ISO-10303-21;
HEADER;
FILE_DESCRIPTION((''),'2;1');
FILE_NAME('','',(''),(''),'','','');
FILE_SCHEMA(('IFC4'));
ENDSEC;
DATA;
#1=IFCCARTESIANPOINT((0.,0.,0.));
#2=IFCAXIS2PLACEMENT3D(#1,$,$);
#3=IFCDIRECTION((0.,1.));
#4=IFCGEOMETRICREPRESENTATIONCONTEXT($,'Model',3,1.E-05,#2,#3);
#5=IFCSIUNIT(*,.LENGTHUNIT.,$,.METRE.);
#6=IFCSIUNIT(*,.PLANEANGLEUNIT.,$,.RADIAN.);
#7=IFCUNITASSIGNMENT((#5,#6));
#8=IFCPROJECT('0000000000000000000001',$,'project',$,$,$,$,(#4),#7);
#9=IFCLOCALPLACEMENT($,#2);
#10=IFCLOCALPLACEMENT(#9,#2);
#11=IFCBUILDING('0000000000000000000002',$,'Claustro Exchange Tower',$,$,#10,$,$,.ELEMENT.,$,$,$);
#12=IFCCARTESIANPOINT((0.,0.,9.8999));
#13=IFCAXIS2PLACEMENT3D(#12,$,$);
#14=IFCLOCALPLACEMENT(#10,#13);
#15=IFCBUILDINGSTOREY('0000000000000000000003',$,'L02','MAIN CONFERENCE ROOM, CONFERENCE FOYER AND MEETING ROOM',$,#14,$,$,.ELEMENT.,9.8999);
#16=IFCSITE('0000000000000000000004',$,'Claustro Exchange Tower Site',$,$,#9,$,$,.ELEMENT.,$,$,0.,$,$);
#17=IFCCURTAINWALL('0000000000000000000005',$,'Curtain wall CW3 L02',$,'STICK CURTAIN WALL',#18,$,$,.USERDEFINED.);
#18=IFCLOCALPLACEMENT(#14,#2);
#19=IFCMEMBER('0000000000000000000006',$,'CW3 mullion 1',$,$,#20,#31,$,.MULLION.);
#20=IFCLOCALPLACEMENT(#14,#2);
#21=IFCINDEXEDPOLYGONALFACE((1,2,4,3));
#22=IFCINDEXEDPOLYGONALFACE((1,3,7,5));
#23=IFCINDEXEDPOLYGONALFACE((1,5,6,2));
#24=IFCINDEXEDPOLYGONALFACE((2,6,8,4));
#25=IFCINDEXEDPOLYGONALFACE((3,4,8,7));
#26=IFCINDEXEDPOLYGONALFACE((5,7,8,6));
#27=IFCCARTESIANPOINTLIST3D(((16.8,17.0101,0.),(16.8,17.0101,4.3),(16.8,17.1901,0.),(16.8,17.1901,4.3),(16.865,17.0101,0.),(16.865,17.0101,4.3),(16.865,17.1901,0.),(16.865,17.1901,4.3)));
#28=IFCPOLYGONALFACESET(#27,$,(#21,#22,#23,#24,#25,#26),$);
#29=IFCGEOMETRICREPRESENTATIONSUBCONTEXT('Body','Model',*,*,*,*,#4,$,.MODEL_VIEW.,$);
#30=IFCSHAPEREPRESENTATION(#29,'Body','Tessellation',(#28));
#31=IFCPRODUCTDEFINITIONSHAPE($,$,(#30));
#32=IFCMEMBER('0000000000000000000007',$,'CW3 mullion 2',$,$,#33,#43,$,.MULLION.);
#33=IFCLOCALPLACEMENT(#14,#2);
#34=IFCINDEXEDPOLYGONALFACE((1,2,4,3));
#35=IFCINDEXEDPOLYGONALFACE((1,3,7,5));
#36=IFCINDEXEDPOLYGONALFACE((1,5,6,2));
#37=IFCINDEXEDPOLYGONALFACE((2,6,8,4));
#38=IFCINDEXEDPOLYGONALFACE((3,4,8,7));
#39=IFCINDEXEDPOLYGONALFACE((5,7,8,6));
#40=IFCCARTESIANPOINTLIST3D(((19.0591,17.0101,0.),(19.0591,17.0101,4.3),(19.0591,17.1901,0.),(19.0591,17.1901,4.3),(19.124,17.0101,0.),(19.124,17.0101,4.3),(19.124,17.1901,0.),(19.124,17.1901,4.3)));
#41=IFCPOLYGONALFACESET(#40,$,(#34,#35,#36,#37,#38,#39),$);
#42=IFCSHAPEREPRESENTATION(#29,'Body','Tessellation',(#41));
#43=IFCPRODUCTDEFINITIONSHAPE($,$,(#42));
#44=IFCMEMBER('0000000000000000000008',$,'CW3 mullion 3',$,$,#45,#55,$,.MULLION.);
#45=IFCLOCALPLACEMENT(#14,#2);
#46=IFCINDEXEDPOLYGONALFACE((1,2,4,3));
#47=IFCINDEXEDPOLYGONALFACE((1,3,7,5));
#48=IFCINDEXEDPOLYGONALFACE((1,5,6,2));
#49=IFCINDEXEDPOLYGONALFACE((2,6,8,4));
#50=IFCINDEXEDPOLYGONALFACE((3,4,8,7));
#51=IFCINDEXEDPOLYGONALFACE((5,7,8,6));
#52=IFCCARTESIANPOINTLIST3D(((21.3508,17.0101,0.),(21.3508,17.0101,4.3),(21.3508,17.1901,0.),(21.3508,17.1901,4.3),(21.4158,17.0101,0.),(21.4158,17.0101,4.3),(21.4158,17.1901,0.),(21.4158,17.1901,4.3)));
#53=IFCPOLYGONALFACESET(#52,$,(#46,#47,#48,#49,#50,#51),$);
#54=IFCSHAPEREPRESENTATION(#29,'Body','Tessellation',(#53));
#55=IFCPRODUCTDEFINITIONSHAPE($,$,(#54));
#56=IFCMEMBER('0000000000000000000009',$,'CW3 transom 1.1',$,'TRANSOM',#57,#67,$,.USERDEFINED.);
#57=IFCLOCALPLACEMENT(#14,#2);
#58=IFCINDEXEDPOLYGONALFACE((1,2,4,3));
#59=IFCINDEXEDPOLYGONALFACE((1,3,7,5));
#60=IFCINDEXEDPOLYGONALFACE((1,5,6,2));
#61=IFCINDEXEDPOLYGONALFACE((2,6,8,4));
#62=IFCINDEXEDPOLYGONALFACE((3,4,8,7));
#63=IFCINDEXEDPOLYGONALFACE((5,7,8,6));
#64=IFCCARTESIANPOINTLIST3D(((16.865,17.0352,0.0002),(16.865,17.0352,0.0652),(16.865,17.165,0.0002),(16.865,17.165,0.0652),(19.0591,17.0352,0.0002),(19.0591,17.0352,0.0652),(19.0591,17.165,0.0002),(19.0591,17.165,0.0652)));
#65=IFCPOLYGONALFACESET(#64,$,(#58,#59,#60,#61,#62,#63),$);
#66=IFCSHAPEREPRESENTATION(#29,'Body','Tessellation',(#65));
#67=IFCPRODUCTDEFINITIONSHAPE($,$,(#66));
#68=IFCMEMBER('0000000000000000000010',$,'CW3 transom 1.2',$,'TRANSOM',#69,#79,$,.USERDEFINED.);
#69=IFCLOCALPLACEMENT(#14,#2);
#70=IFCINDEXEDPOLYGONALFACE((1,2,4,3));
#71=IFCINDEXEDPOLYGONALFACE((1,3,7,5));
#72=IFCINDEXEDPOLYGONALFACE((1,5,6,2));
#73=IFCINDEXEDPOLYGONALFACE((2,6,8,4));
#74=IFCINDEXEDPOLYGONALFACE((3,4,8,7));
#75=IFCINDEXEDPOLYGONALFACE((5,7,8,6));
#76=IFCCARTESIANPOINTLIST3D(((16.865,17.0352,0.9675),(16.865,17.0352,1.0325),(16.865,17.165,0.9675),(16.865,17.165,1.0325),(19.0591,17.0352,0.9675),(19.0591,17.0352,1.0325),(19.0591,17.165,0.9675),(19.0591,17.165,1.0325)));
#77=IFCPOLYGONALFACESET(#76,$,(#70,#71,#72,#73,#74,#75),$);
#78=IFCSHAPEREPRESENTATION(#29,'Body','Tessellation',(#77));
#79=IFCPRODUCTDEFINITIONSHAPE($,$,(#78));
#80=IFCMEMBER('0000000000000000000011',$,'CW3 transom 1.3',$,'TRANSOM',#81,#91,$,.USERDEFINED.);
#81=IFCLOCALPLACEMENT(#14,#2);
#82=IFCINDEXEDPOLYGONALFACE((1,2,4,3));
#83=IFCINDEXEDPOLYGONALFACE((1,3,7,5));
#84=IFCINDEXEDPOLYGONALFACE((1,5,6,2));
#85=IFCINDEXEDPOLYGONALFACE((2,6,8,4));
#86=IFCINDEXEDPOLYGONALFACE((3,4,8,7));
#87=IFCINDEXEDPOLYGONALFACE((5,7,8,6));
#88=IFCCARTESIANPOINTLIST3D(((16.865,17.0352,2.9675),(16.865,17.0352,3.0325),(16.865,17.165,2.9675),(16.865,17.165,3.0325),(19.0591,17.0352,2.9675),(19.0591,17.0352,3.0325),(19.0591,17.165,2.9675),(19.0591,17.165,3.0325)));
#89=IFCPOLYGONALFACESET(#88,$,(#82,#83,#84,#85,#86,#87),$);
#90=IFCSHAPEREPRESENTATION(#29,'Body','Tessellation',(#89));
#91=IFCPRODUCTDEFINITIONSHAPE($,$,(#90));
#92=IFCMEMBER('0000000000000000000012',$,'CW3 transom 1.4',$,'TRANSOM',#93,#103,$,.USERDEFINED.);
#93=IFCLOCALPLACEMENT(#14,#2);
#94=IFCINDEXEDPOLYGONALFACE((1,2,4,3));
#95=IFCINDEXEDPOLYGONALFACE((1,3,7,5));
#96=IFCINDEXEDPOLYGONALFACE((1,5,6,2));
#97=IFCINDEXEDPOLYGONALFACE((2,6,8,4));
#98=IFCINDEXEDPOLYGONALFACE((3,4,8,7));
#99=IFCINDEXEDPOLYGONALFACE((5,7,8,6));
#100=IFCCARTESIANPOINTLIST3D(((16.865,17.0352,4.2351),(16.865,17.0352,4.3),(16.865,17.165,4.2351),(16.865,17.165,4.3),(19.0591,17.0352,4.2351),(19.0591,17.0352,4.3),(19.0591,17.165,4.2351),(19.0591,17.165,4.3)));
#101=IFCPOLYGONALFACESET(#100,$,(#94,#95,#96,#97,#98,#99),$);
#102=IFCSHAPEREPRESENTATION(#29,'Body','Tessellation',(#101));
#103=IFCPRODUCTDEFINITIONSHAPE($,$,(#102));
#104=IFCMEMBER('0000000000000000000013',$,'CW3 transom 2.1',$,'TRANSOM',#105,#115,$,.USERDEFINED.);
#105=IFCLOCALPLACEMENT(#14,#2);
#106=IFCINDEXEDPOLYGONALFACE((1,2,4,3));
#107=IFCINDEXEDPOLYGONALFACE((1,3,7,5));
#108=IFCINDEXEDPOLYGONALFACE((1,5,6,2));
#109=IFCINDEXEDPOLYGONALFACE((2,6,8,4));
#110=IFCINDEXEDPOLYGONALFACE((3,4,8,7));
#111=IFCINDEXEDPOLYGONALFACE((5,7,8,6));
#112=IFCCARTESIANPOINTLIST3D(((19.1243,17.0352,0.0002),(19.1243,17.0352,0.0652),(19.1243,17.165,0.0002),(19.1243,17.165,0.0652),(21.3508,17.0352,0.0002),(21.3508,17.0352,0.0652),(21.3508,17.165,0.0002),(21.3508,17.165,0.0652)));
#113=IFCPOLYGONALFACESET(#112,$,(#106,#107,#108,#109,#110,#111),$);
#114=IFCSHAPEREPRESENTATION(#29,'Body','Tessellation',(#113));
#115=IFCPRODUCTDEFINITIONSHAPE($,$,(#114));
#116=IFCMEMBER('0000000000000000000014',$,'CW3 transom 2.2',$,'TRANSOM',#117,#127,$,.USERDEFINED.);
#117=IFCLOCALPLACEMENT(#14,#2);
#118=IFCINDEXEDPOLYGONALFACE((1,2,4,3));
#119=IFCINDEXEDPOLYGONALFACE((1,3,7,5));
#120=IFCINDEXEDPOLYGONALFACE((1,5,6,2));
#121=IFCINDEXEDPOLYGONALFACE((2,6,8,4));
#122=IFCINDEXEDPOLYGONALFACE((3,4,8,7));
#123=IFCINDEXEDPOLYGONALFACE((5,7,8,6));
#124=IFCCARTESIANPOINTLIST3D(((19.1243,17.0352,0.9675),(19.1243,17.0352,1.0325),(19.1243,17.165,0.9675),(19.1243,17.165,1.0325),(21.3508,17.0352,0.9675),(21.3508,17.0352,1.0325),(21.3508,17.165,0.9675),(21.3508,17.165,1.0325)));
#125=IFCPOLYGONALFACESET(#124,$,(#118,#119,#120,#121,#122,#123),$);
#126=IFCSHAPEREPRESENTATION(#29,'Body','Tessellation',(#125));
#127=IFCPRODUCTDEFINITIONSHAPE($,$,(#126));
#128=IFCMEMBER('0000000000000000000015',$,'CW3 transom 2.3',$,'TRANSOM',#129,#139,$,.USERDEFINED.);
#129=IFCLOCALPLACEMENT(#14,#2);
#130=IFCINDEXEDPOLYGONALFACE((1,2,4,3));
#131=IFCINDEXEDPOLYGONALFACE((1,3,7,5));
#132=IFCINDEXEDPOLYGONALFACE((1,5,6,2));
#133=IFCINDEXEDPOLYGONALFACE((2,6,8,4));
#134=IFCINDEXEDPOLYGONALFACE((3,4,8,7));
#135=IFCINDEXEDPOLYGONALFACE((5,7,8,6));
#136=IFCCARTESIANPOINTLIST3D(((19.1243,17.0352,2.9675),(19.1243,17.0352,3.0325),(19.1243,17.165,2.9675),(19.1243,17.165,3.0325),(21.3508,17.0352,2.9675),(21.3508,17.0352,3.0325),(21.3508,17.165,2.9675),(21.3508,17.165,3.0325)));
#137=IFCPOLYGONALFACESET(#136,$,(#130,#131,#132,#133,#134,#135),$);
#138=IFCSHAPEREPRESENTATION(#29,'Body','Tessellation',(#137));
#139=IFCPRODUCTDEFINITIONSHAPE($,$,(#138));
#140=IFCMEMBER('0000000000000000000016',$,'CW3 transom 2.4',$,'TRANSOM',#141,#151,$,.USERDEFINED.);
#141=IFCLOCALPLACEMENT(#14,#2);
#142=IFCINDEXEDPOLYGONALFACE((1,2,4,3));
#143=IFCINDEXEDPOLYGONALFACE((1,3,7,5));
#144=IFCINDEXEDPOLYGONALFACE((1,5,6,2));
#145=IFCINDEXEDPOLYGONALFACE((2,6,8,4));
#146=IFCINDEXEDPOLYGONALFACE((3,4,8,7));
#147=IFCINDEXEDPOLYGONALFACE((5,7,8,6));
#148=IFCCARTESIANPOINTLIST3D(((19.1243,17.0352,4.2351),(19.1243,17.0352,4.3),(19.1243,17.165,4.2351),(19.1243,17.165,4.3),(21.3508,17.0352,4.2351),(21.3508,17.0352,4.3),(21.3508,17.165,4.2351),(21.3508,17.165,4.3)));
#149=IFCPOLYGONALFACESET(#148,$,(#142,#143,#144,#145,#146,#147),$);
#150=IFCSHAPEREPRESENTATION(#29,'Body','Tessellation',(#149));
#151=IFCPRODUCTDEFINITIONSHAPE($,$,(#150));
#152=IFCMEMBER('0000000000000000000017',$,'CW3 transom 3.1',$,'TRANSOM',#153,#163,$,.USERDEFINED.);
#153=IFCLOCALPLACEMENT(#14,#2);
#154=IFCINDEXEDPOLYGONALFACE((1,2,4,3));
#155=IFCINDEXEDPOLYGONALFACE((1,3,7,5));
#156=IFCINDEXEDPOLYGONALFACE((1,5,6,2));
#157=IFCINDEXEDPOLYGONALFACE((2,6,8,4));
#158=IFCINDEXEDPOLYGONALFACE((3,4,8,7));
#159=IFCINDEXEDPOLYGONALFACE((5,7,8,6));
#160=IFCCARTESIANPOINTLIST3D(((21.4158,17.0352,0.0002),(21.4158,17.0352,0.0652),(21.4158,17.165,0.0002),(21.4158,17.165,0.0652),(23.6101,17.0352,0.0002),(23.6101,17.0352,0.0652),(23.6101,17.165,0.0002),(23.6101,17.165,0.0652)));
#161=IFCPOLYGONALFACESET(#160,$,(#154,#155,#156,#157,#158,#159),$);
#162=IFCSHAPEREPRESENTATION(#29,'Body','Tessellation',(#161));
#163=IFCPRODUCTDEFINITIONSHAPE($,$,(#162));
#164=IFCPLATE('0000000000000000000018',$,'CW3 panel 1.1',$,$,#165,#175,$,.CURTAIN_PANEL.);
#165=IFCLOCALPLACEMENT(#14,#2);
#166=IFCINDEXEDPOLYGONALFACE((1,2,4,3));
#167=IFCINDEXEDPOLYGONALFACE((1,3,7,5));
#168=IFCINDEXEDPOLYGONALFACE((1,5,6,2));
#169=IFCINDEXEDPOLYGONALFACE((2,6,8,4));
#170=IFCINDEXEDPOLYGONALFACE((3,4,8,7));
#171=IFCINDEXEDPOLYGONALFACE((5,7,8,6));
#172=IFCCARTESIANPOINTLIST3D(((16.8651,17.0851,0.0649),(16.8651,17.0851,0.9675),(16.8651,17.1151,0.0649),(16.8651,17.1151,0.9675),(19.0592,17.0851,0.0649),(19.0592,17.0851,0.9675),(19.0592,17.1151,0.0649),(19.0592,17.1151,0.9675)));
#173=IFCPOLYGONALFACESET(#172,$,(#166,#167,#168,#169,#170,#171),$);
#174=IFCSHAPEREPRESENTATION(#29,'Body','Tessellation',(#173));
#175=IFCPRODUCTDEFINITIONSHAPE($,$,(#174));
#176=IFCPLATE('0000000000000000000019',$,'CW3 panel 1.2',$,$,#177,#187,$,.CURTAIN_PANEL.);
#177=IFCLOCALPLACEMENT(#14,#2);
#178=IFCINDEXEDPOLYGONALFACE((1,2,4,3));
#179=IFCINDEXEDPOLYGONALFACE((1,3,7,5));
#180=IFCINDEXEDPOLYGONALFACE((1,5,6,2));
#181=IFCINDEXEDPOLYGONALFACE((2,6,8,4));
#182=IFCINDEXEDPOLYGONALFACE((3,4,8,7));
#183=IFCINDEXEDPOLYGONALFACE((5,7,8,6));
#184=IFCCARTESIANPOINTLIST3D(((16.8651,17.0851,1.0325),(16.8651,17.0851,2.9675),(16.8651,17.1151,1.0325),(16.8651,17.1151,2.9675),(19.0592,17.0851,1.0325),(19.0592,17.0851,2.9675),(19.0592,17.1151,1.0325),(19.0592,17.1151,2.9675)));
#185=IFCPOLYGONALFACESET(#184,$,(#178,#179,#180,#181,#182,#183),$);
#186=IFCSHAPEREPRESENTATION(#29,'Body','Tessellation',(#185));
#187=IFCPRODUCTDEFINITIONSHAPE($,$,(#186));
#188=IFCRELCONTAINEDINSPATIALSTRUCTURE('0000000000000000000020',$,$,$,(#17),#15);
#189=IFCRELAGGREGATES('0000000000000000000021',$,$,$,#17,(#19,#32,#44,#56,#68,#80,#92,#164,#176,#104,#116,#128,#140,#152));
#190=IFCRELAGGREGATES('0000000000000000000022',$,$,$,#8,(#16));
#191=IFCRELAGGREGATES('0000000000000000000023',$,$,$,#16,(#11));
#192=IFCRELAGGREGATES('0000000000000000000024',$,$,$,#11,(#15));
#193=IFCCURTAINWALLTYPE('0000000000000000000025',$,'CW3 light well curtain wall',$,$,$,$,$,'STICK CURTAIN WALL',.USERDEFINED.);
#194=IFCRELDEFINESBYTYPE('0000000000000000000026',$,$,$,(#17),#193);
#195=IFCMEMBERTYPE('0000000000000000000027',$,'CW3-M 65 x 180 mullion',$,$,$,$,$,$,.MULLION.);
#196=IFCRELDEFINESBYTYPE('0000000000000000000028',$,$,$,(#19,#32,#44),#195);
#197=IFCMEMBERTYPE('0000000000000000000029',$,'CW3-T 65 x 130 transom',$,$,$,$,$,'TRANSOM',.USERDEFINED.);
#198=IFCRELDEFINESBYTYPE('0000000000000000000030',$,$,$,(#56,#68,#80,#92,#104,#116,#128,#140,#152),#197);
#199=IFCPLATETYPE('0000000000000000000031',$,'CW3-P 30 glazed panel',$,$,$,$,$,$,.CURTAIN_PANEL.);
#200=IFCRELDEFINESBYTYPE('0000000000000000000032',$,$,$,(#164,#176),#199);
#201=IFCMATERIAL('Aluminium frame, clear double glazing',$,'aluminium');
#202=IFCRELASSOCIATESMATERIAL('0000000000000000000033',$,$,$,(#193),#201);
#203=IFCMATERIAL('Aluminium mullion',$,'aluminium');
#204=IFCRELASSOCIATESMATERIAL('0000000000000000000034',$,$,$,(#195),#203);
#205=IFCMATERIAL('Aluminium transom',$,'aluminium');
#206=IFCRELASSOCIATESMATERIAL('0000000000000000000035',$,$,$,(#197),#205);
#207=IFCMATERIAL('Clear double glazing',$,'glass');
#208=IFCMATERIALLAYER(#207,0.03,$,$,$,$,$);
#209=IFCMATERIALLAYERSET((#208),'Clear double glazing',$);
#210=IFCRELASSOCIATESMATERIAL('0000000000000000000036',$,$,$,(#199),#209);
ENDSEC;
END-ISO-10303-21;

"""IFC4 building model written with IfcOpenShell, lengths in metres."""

from ifc_helpers import new_model, si_unit, direction, frame, origin, origin_2d, place, context, subcontext, project, spatial, rectangle, extrude, material, layer, layer_set, material_profile, profile_set, type_object, element, aggregate, save


model = new_model("IFC4")

# Units and contexts
model_context = context("Model", 3, precision=1e-05, world=origin(), true_north=direction((0.0, 1.0)))
body_context = subcontext(model_context, "Body", "Model", "MODEL_VIEW")
ifc_project = project(units=[si_unit("LENGTHUNIT", "METRE"), si_unit("PLANEANGLEUNIT", "RADIAN")], contexts=[model_context])

# Site, building, storey
site_placement = place(None, origin())
site = spatial("IfcSite", under=ifc_project, at=site_placement, Name="Claustro Exchange Tower Site", CompositionType="ELEMENT", RefElevation=0.0)
building_placement = place(site_placement, origin())
building = spatial("IfcBuilding", under=site, at=building_placement, Name="Claustro Exchange Tower", CompositionType="ELEMENT")
storey_placement = place(building_placement, frame((0.0, 0.0, 9.8999)))
storey = spatial("IfcBuildingStorey", under=building, at=storey_placement, Name="L02", Description="MAIN CONFERENCE ROOM, CONFERENCE FOYER AND MEETING ROOM", CompositionType="ELEMENT", Elevation=9.8999)

# Curtain wall, members, plates
ifc_material_1 = material(Name="Aluminium frame, clear double glazing", Category="aluminium")
curtain_wall_type = type_object("IfcCurtainWallType", Name="CW3 light well curtain wall", ElementType="STICK CURTAIN WALL", PredefinedType="USERDEFINED", material=ifc_material_1)
curtain_wall_placement = place(storey_placement, origin())
curtain_wall = element("IfcCurtainWall", 1, at=curtain_wall_placement, inside=storey, type_object=curtain_wall_type, Name="Curtain wall CW3 L02", ObjectType="STICK CURTAIN WALL", PredefinedType="USERDEFINED")
ifc_material_2 = material(Name="Aluminium mullion", Category="aluminium")
ifc_material_profile_1 = material_profile(ifc_material_2, rectangle(XDim=0.1799, YDim=0.0649, at=origin_2d()), Name="CW3-M 65x180")
ifc_profile_set_1 = profile_set([ifc_material_profile_1], Name="Aluminium mullion")
member_type_1 = type_object("IfcMemberType", Name="CW3-M 65 x 180 mullion", PredefinedType="MULLION", material=ifc_profile_set_1)
member_1_placement = place(storey_placement, frame((16.8325, 17.1001, 0.0), z_axis=(0.0, 0.0, 1.0), x_axis=(0.0, 1.0, 0.0)))
member_1 = element("IfcMember", 2, at=member_1_placement, type_object=member_type_1, Name="CW3 mullion 1", PredefinedType="MULLION", context=body_context, shape_type="SweptSolid", body=[
    extrude(rectangle(XDim=0.1799, YDim=0.0649, at=origin_2d()), origin(), (0.0, 0.0, 1.0), 4.3),
])
member_2_placement = place(storey_placement, frame((19.0916, 17.1001, 0.0), z_axis=(0.0, 0.0, 1.0), x_axis=(0.0, 1.0, 0.0)))
member_2 = element("IfcMember", 3, at=member_2_placement, type_object=member_type_1, Name="CW3 mullion 2", PredefinedType="MULLION", context=body_context, shape_type="SweptSolid", body=[
    extrude(rectangle(XDim=0.1799, YDim=0.0649, at=origin_2d()), origin(), (0.0, 0.0, 1.0), 4.3),
])
member_3_placement = place(storey_placement, frame((21.3833, 17.1001, 0.0), z_axis=(0.0, 0.0, 1.0), x_axis=(0.0, 1.0, 0.0)))
member_3 = element("IfcMember", 4, at=member_3_placement, type_object=member_type_1, Name="CW3 mullion 3", PredefinedType="MULLION", context=body_context, shape_type="SweptSolid", body=[
    extrude(rectangle(XDim=0.1799, YDim=0.0649, at=origin_2d()), origin(), (0.0, 0.0, 1.0), 4.3),
])
ifc_material_3 = material(Name="Aluminium transom", Category="aluminium")
ifc_material_profile_2 = material_profile(ifc_material_3, rectangle(XDim=0.1299, YDim=0.0649, at=origin_2d()), Name="CW3-T 65x130")
ifc_profile_set_2 = profile_set([ifc_material_profile_2], Name="Aluminium transom")
member_type_2 = type_object("IfcMemberType", Name="CW3-T 65 x 130 transom", ElementType="TRANSOM", PredefinedType="USERDEFINED", material=ifc_profile_set_2)
member_4_placement = place(storey_placement, frame((16.865, 17.1001, 0.0327), z_axis=(1.0, 0.0, 0.0), x_axis=(0.0, 1.0, 0.0)))
member_4 = element("IfcMember", 5, at=member_4_placement, type_object=member_type_2, Name="CW3 transom 1.1", ObjectType="TRANSOM", PredefinedType="USERDEFINED", context=body_context, shape_type="SweptSolid", body=[
    extrude(rectangle(XDim=0.1299, YDim=0.0649, at=origin_2d()), origin(), (0.0, 0.0, 1.0), 2.1941),
])
member_5_placement = place(storey_placement, frame((16.865, 17.1001, 1.0), z_axis=(1.0, 0.0, 0.0), x_axis=(0.0, 1.0, 0.0)))
member_5 = element("IfcMember", 6, at=member_5_placement, type_object=member_type_2, Name="CW3 transom 1.2", ObjectType="TRANSOM", PredefinedType="USERDEFINED", context=body_context, shape_type="SweptSolid", body=[
    extrude(rectangle(XDim=0.1299, YDim=0.0649, at=origin_2d()), origin(), (0.0, 0.0, 1.0), 2.1941),
])
member_6_placement = place(storey_placement, frame((16.865, 17.1001, 3.0), z_axis=(1.0, 0.0, 0.0), x_axis=(0.0, 1.0, 0.0)))
member_6 = element("IfcMember", 7, at=member_6_placement, type_object=member_type_2, Name="CW3 transom 1.3", ObjectType="TRANSOM", PredefinedType="USERDEFINED", context=body_context, shape_type="SweptSolid", body=[
    extrude(rectangle(XDim=0.1299, YDim=0.0649, at=origin_2d()), origin(), (0.0, 0.0, 1.0), 2.1941),
])
member_7_placement = place(storey_placement, frame((16.865, 17.1001, 4.2676), z_axis=(1.0, 0.0, 0.0), x_axis=(0.0, 1.0, 0.0)))
member_7 = element("IfcMember", 8, at=member_7_placement, type_object=member_type_2, Name="CW3 transom 1.4", ObjectType="TRANSOM", PredefinedType="USERDEFINED", context=body_context, shape_type="SweptSolid", body=[
    extrude(rectangle(XDim=0.1299, YDim=0.0649, at=origin_2d()), origin(), (0.0, 0.0, 1.0), 2.1941),
])
member_8_placement = place(storey_placement, frame((19.1243, 17.1001, 0.0327), z_axis=(1.0, 0.0, 0.0), x_axis=(0.0, 1.0, 0.0)))
member_8 = element("IfcMember", 9, at=member_8_placement, type_object=member_type_2, Name="CW3 transom 2.1", ObjectType="TRANSOM", PredefinedType="USERDEFINED", context=body_context, shape_type="SweptSolid", body=[
    extrude(rectangle(XDim=0.1299, YDim=0.0649, at=origin_2d()), origin(), (0.0, 0.0, 1.0), 2.2266),
])
member_9_placement = place(storey_placement, frame((19.1243, 17.1001, 1.0), z_axis=(1.0, 0.0, 0.0), x_axis=(0.0, 1.0, 0.0)))
member_9 = element("IfcMember", 10, at=member_9_placement, type_object=member_type_2, Name="CW3 transom 2.2", ObjectType="TRANSOM", PredefinedType="USERDEFINED", context=body_context, shape_type="SweptSolid", body=[
    extrude(rectangle(XDim=0.1299, YDim=0.0649, at=origin_2d()), origin(), (0.0, 0.0, 1.0), 2.2266),
])
member_10_placement = place(storey_placement, frame((19.1243, 17.1001, 3.0), z_axis=(1.0, 0.0, 0.0), x_axis=(0.0, 1.0, 0.0)))
member_10 = element("IfcMember", 11, at=member_10_placement, type_object=member_type_2, Name="CW3 transom 2.3", ObjectType="TRANSOM", PredefinedType="USERDEFINED", context=body_context, shape_type="SweptSolid", body=[
    extrude(rectangle(XDim=0.1299, YDim=0.0649, at=origin_2d()), origin(), (0.0, 0.0, 1.0), 2.2266),
])
member_11_placement = place(storey_placement, frame((19.1243, 17.1001, 4.2676), z_axis=(1.0, 0.0, 0.0), x_axis=(0.0, 1.0, 0.0)))
member_11 = element("IfcMember", 12, at=member_11_placement, type_object=member_type_2, Name="CW3 transom 2.4", ObjectType="TRANSOM", PredefinedType="USERDEFINED", context=body_context, shape_type="SweptSolid", body=[
    extrude(rectangle(XDim=0.1299, YDim=0.0649, at=origin_2d()), origin(), (0.0, 0.0, 1.0), 2.2266),
])
member_12_placement = place(storey_placement, frame((21.4158, 17.1001, 0.0327), z_axis=(1.0, 0.0, 0.0), x_axis=(0.0, 1.0, 0.0)))
member_12 = element("IfcMember", 13, at=member_12_placement, type_object=member_type_2, Name="CW3 transom 3.1", ObjectType="TRANSOM", PredefinedType="USERDEFINED", context=body_context, shape_type="SweptSolid", body=[
    extrude(rectangle(XDim=0.1299, YDim=0.0649, at=origin_2d()), origin(), (0.0, 0.0, 1.0), 2.1943),
])
ifc_material_4 = material(Name="Clear double glazing", Category="glass")
ifc_layer = layer(ifc_material_4, 0.03)
ifc_layer_set = layer_set([ifc_layer], Name="Clear double glazing")
plate_type = type_object("IfcPlateType", Name="CW3-P 30 glazed panel", PredefinedType="CURTAIN_PANEL", material=ifc_layer_set)
plate_1_placement = place(storey_placement, frame((17.9622, 17.1001, 0.0649), z_axis=(0.0, 0.0, 1.0), x_axis=(1.0, 0.0, 0.0)))
plate_1 = element("IfcPlate", 14, at=plate_1_placement, type_object=plate_type, Name="CW3 panel 1.1", PredefinedType="CURTAIN_PANEL", context=body_context, shape_type="SweptSolid", body=[
    extrude(rectangle(XDim=2.1941, YDim=0.03, at=origin_2d()), origin(), (0.0, 0.0, 1.0), 0.9026),
])
plate_2_placement = place(storey_placement, frame((17.9622, 17.1001, 1.0325), z_axis=(0.0, 0.0, 1.0), x_axis=(1.0, 0.0, 0.0)))
plate_2 = element("IfcPlate", 15, at=plate_2_placement, type_object=plate_type, Name="CW3 panel 1.2", PredefinedType="CURTAIN_PANEL", context=body_context, shape_type="SweptSolid", body=[
    extrude(rectangle(XDim=2.1941, YDim=0.03, at=origin_2d()), origin(), (0.0, 0.0, 1.0), 1.9351),
])
aggregate(curtain_wall, [member_1, member_2, member_3, member_4, member_5, member_6, member_7, plate_1, plate_2, member_8, member_9, member_10, member_11, member_12])

save(model, "model.ifc")
